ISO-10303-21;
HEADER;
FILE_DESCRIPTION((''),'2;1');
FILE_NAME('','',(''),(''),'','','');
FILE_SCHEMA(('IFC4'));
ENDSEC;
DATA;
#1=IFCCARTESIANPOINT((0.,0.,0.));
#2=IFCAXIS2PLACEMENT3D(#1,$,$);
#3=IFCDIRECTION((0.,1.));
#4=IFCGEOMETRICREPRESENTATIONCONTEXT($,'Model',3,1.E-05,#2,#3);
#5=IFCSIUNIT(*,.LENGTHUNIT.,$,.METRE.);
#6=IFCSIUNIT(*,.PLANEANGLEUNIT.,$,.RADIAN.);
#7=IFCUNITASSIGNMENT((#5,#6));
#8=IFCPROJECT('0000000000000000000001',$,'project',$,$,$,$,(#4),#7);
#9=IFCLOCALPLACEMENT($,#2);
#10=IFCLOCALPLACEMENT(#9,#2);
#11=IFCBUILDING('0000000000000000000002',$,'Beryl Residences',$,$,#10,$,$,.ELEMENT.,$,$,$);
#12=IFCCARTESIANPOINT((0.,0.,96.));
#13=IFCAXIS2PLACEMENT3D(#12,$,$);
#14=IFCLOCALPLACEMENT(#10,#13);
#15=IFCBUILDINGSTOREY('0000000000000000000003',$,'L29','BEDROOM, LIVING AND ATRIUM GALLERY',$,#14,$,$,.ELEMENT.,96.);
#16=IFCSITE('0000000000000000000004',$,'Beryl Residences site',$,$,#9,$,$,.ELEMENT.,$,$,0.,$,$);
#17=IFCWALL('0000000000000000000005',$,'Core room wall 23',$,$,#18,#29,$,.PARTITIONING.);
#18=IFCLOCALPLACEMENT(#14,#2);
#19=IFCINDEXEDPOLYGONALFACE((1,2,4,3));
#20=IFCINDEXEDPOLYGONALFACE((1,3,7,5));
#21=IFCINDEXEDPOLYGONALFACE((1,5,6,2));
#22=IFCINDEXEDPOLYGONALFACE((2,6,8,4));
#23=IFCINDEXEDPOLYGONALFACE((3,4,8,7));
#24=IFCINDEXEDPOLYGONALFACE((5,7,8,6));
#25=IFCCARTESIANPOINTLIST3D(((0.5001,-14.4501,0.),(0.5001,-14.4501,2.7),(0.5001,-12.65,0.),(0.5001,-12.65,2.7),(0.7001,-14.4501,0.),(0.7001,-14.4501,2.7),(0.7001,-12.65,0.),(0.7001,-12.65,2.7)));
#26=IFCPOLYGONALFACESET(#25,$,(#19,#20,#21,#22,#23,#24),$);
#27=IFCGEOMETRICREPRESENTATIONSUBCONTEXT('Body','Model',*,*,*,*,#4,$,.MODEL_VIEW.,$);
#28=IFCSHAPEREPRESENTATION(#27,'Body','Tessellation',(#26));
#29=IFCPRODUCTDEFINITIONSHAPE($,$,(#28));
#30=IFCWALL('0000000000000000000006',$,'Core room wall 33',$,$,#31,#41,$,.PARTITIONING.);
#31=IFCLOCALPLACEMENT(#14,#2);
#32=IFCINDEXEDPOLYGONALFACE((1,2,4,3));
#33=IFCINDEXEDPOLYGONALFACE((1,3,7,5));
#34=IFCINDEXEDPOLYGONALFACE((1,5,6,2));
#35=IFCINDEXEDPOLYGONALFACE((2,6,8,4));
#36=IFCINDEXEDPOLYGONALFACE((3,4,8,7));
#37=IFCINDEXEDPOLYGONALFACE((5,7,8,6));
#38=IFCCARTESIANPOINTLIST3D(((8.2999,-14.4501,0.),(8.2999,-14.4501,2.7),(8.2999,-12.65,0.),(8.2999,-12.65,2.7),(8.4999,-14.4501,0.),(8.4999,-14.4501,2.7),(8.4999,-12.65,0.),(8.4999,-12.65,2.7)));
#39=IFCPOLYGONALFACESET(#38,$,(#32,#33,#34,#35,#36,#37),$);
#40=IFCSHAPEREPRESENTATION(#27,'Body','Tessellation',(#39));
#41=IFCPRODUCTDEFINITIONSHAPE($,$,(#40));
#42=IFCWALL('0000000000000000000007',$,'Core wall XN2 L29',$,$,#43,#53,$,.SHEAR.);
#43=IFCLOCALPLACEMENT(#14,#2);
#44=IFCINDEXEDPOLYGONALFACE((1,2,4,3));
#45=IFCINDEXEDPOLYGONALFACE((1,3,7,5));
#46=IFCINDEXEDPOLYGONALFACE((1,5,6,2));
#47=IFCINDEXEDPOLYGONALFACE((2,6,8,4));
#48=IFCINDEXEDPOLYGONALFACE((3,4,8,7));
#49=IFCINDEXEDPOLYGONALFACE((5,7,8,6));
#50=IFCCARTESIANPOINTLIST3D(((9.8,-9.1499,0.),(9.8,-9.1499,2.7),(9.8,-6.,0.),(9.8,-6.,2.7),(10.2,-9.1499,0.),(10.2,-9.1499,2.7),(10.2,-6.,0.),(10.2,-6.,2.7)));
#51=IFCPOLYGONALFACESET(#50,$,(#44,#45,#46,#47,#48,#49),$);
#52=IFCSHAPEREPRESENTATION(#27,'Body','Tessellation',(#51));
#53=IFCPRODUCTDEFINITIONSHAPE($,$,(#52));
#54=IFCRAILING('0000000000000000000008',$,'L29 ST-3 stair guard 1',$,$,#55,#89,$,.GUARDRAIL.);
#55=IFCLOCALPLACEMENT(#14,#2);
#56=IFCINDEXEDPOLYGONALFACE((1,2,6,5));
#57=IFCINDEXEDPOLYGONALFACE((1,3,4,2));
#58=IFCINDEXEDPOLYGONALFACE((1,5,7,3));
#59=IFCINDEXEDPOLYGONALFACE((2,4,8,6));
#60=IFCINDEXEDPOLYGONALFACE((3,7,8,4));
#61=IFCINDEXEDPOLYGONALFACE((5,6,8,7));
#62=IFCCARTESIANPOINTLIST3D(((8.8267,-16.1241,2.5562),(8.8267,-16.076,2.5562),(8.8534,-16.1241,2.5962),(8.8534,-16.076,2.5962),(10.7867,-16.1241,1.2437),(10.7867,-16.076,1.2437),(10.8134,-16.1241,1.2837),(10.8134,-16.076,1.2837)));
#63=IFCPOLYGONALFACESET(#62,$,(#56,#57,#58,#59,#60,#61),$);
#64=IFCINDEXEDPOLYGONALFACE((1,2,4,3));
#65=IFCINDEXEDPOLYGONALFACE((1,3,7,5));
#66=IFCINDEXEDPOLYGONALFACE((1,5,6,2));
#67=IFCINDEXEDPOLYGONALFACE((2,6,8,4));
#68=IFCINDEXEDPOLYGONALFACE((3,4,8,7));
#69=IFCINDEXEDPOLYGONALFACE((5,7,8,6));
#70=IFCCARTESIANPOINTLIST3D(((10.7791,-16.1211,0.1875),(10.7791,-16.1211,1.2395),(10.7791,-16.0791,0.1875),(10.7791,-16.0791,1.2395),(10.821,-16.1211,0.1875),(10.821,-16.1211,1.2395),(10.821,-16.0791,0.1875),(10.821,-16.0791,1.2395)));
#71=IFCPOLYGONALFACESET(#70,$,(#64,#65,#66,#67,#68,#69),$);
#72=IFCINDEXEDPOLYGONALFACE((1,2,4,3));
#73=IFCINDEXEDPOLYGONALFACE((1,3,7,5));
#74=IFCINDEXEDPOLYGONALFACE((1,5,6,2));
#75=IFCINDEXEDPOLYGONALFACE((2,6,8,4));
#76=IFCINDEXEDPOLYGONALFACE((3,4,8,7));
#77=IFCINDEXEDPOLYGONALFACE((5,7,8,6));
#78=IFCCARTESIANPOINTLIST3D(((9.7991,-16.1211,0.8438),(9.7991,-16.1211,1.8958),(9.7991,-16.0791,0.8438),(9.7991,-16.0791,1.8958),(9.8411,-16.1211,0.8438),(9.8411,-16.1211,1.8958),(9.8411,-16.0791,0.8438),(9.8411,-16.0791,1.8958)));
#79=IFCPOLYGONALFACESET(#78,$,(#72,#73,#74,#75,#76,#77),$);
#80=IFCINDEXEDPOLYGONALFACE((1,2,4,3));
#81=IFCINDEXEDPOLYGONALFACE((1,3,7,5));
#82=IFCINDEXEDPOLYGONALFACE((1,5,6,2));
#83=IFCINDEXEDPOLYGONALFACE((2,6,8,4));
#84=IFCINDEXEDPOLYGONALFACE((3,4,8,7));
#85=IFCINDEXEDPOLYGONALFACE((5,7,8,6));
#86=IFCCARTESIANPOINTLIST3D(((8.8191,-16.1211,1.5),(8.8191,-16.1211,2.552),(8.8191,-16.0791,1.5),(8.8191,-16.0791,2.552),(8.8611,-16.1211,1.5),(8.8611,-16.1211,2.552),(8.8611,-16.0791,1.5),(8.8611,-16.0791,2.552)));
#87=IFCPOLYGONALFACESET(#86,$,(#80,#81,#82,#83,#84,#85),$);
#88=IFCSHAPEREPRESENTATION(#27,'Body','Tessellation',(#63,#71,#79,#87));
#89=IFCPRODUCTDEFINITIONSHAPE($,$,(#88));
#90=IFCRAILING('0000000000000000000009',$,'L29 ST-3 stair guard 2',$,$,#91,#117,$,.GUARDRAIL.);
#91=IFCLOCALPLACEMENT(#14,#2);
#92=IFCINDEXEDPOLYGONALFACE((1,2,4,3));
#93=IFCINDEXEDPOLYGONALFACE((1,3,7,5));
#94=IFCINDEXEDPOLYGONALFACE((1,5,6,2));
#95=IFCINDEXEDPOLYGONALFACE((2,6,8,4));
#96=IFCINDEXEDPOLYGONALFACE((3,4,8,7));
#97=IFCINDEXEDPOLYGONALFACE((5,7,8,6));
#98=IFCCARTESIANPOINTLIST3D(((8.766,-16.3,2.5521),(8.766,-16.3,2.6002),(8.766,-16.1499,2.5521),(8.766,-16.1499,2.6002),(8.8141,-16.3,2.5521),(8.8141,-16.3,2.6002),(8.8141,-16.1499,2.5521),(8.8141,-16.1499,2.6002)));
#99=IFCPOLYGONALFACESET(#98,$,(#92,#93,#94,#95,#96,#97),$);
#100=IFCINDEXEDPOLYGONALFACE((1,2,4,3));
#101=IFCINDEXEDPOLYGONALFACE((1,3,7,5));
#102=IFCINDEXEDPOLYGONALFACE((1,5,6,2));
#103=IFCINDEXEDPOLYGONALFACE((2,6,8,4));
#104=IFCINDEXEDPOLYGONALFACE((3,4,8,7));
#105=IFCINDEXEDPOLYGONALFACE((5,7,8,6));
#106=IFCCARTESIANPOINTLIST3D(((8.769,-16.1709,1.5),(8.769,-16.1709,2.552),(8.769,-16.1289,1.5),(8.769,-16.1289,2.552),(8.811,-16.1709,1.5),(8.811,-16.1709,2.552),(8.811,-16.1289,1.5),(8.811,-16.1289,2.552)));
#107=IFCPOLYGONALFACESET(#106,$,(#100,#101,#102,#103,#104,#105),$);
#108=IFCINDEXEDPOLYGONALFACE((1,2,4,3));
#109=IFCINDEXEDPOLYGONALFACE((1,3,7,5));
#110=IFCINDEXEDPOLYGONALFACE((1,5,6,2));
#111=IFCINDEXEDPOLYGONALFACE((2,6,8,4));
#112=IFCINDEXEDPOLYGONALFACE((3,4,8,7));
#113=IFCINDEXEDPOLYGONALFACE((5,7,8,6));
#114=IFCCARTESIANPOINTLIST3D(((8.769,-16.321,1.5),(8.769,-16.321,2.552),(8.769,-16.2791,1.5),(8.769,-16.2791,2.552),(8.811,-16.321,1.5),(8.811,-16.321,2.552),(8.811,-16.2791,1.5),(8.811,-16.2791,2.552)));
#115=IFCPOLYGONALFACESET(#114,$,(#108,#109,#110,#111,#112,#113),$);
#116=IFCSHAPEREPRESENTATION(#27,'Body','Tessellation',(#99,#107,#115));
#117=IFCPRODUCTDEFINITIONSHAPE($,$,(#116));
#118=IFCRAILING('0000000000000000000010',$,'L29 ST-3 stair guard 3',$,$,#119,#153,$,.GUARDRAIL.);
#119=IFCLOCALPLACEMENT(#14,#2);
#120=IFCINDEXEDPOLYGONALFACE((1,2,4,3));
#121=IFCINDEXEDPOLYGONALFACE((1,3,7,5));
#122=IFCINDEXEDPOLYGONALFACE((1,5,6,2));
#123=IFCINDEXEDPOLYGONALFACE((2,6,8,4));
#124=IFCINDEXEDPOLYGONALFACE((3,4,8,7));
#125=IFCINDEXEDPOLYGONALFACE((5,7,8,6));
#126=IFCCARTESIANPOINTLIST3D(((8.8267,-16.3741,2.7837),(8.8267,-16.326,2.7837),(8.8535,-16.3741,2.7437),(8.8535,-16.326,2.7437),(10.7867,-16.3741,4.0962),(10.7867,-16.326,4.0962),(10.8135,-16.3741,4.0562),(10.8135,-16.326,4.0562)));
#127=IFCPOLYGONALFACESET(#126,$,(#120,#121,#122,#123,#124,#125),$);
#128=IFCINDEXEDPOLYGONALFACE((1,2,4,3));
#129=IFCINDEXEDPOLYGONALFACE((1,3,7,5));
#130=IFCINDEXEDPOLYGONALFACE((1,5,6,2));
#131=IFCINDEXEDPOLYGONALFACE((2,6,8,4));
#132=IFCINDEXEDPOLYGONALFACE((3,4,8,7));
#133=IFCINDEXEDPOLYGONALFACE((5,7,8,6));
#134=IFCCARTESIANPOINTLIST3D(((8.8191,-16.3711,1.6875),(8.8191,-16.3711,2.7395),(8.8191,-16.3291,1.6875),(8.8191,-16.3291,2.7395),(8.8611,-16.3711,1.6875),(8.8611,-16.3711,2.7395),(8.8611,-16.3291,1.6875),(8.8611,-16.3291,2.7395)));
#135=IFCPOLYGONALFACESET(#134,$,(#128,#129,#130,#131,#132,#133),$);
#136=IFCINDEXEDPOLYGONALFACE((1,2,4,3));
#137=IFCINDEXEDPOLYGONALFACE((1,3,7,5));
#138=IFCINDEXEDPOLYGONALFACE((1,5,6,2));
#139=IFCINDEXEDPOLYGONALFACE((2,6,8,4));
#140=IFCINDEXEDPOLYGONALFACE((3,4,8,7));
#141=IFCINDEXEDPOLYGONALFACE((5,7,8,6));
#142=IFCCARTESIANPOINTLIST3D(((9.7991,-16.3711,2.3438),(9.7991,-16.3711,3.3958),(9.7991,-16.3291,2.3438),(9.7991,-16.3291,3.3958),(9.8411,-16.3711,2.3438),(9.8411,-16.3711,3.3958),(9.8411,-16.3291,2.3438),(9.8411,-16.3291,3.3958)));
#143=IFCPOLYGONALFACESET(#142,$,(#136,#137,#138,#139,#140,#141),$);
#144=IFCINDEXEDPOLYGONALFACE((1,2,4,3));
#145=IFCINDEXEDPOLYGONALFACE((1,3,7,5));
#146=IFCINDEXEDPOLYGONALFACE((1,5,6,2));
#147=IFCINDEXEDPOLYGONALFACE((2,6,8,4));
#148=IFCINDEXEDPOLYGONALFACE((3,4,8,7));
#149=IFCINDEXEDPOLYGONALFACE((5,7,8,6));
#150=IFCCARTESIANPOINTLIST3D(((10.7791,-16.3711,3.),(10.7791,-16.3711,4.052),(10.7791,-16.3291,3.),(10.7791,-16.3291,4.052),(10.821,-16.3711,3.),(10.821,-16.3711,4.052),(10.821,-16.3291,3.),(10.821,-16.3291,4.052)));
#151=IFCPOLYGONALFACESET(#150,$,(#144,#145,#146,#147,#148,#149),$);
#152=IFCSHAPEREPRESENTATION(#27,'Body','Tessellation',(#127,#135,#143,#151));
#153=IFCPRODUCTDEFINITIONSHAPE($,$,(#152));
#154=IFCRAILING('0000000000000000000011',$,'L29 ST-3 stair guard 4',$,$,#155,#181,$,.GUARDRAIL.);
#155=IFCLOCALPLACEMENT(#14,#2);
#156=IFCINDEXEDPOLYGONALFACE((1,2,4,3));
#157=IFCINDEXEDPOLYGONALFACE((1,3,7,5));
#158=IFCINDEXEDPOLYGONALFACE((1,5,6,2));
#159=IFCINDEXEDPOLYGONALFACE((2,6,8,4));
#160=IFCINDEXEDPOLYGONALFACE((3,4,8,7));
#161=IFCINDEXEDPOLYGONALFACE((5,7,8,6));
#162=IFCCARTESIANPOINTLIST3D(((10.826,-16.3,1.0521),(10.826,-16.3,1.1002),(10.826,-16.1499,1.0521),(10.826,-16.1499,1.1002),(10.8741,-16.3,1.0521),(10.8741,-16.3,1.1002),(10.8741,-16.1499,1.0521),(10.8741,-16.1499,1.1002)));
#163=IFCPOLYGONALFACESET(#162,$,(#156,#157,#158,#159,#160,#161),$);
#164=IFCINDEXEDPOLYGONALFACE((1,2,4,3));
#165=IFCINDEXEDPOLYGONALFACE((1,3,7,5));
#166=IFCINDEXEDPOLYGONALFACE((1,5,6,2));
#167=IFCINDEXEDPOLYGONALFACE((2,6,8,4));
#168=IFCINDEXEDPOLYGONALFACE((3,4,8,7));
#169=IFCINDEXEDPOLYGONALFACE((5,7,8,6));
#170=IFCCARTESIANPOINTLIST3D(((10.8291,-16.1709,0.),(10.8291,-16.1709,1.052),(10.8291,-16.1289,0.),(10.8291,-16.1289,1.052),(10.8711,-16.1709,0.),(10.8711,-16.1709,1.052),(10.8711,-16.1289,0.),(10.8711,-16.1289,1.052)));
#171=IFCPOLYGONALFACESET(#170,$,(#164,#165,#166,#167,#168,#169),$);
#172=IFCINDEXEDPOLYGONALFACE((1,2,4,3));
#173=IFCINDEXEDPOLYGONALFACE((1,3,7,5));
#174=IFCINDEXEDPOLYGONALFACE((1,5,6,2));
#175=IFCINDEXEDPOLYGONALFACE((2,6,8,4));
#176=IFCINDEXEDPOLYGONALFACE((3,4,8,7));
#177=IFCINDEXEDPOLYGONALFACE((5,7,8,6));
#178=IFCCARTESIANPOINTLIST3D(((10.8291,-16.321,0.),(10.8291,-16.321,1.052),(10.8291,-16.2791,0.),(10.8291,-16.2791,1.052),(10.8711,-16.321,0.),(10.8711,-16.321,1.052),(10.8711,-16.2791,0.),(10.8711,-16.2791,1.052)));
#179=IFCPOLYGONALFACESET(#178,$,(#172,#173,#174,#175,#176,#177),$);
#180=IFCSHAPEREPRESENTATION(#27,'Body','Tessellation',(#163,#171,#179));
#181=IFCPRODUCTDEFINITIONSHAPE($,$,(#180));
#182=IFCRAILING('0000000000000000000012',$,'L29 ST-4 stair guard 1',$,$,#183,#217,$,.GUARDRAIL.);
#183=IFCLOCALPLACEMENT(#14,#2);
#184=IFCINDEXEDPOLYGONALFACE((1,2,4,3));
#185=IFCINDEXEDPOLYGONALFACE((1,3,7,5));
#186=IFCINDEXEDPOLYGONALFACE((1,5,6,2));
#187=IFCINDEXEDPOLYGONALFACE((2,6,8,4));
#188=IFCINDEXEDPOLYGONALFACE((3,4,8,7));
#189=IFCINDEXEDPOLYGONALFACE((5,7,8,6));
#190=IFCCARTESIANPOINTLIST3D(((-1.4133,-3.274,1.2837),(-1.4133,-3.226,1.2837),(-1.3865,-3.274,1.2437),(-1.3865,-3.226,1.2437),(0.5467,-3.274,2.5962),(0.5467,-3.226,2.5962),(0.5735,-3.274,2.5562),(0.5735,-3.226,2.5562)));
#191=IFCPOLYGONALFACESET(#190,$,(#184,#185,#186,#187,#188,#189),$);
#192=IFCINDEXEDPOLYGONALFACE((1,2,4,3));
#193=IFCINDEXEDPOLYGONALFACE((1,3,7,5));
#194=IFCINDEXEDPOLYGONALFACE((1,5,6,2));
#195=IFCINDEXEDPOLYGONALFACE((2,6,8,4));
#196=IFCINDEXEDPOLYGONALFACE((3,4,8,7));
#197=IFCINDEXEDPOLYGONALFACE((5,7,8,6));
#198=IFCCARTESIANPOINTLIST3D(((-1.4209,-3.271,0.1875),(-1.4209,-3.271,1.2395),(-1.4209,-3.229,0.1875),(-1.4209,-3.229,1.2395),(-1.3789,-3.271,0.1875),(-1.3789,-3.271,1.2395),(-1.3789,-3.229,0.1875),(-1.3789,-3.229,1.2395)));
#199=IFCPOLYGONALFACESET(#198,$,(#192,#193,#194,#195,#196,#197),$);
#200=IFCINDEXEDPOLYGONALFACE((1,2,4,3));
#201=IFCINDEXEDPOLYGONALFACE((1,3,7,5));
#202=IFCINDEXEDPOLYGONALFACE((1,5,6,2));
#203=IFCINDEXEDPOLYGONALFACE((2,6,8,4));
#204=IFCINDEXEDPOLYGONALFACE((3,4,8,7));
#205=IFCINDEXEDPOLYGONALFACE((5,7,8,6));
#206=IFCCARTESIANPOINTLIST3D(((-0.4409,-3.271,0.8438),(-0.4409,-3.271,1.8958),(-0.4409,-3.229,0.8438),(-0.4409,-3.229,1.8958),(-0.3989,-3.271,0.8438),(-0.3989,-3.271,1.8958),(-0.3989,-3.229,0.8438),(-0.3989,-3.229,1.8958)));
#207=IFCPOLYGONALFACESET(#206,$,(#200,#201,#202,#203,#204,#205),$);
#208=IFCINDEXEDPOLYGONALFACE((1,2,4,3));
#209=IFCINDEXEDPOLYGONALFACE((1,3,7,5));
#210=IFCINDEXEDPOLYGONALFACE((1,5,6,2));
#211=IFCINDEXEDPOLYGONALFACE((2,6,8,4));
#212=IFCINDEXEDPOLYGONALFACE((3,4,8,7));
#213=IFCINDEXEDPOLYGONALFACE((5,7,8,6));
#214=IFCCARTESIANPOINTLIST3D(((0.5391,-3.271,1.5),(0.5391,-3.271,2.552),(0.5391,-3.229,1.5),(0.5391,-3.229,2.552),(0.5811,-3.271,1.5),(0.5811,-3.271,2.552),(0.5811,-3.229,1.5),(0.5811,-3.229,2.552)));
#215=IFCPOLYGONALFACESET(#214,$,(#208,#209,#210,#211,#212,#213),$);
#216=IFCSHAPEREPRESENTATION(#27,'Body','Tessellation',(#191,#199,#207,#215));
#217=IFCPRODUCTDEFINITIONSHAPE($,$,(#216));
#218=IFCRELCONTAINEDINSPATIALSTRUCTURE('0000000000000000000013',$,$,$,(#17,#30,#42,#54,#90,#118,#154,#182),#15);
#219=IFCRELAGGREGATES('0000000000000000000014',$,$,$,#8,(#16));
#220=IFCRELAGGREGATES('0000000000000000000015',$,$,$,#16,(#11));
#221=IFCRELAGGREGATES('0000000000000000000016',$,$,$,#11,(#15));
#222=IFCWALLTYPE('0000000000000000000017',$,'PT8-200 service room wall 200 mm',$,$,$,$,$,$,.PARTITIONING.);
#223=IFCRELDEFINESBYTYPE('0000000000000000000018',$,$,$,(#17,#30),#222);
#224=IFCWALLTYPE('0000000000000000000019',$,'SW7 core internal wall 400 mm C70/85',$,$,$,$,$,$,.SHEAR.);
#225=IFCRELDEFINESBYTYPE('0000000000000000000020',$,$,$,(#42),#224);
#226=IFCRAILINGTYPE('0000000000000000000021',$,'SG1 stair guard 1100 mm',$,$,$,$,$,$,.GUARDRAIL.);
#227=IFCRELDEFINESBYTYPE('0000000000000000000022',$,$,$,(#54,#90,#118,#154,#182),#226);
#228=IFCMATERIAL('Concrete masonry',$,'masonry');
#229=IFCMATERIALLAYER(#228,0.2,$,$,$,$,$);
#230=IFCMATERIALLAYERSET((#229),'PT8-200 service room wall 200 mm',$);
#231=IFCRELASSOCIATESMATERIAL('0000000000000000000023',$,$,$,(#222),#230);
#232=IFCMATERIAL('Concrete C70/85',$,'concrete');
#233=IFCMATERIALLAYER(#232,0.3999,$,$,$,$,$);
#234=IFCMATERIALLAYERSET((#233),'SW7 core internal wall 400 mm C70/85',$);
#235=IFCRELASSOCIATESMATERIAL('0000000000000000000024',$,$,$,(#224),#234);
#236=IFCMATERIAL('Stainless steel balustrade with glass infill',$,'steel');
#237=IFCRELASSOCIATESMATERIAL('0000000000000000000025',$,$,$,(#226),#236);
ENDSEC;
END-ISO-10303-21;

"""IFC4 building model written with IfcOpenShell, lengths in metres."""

from ifc_helpers import new_model, si_unit, direction, frame, frame_2d, origin, origin_2d, place, context, subcontext, project, spatial, rectangle, extrude, material, layer, layer_set, type_object, element, save


model = new_model("IFC4")

# Units and contexts
model_context = context("Model", 3, precision=1e-05, world=origin(), true_north=direction((0.0, 1.0)))
body_context = subcontext(model_context, "Body", "Model", "MODEL_VIEW")
ifc_project = project(units=[si_unit("LENGTHUNIT", "METRE"), si_unit("PLANEANGLEUNIT", "RADIAN")], contexts=[model_context])

# Site, building, storey
site_placement = place(None, origin())
site = spatial("IfcSite", under=ifc_project, at=site_placement, Name="Beryl Residences site", CompositionType="ELEMENT", RefElevation=0.0)
building_placement = place(site_placement, origin())
building = spatial("IfcBuilding", under=site, at=building_placement, Name="Beryl Residences", CompositionType="ELEMENT")
storey_placement = place(building_placement, frame((0.0, 0.0, 96.0)))
storey = spatial("IfcBuildingStorey", under=building, at=storey_placement, Name="L29", Description="BEDROOM, LIVING AND ATRIUM GALLERY", CompositionType="ELEMENT", Elevation=96.0)

# Walls
ifc_material_1 = material(Name="Concrete masonry", Category="masonry")
ifc_layer_1 = layer(ifc_material_1, 0.2)
ifc_layer_set_1 = layer_set([ifc_layer_1], Name="PT8-200 service room wall 200 mm")
wall_type_1 = type_object("IfcWallType", Name="PT8-200 service room wall 200 mm", PredefinedType="PARTITIONING", material=ifc_layer_set_1)
for number, where, z_axis, x_axis, name in (
    (1, (0.6001, -14.45, 0.0), (0.0, 0.0, 1.0), (0.0, 1.0, 0.0), "Core room wall 23"),
    (2, (8.3999, -14.45, 0.0), (0.0, 0.0, 1.0), (0.0, 1.0, 0.0), "Core room wall 33"),
):
    element("IfcWall", number, at=place(storey_placement, frame(where, z_axis=z_axis, x_axis=x_axis)), inside=storey, type_object=wall_type_1, Name=name, PredefinedType="PARTITIONING", context=body_context, shape_type="SweptSolid", body=[
        extrude(rectangle(XDim=1.8, YDim=0.2, at=frame_2d((0.8999, 0.0))), origin(), (0.0, 0.0, 1.0), 2.7),
    ])
ifc_material_2 = material(Name="Concrete C70/85", Category="concrete")
ifc_layer_2 = layer(ifc_material_2, 0.3999)
ifc_layer_set_2 = layer_set([ifc_layer_2], Name="SW7 core internal wall 400 mm C70/85")
wall_type_2 = type_object("IfcWallType", Name="SW7 core internal wall 400 mm C70/85", PredefinedType="SHEAR", material=ifc_layer_set_2)
wall_1_placement = place(storey_placement, frame((10.0, -9.1499, 0.0), z_axis=(0.0, 0.0, 1.0), x_axis=(0.0, 1.0, 0.0)))
element("IfcWall", 3, at=wall_1_placement, inside=storey, type_object=wall_type_2, Name="Core wall XN2 L29", PredefinedType="SHEAR", context=body_context, shape_type="SweptSolid", body=[
    extrude(rectangle(XDim=3.1499, YDim=0.3999, at=frame_2d((1.575, 0.0))), origin(), (0.0, 0.0, 1.0), 2.7),
])

# Railings
ifc_material_3 = material(Name="Stainless steel balustrade with glass infill", Category="steel")
railing_type_1 = type_object("IfcRailingType", Name="SG1 stair guard 1100 mm", PredefinedType="GUARDRAIL", material=ifc_material_3)
railing_1_placement = place(storey_placement, frame((10.8, -16.1001, 0.1875)))
element("IfcRailing", 4, at=railing_1_placement, inside=storey, type_object=railing_type_1, Name="L29 ST-3 stair guard 1", PredefinedType="GUARDRAIL", context=body_context, shape_type="SweptSolid", body=[
    extrude(rectangle(XDim=0.0481, YDim=0.0481, at=origin_2d()), frame((0.0, 0.0, 1.0762), z_axis=(-0.830902, 0.0, 0.556419), x_axis=(0.0, -1.0, 0.0)), (0.0, 0.0, 1.0), 2.3589),
    extrude(rectangle(XDim=0.042, YDim=0.042, at=origin_2d()), origin(), (0.0, 0.0, 1.0), 1.052),
    extrude(rectangle(XDim=0.042, YDim=0.042, at=origin_2d()), frame((-0.98, 0.0, 0.6562)), (0.0, 0.0, 1.0), 1.052),
    extrude(rectangle(XDim=0.042, YDim=0.042, at=origin_2d()), frame((-1.96, 0.0, 1.3125)), (0.0, 0.0, 1.0), 1.052),
])
railing_2_placement = place(storey_placement, frame((8.79, -16.1499, 1.5)))
element("IfcRailing", 5, at=railing_2_placement, inside=storey, type_object=railing_type_1, Name="L29 ST-3 stair guard 2", PredefinedType="GUARDRAIL", context=body_context, shape_type="SweptSolid", body=[
    extrude(rectangle(XDim=0.0481, YDim=0.0481, at=origin_2d()), frame((0.0, 0.0, 1.0762), z_axis=(0.0, -1.0, 0.0), x_axis=(1.0, 0.0, 0.0)), (0.0, 0.0, 1.0), 0.1501),
    extrude(rectangle(XDim=0.042, YDim=0.042, at=origin_2d()), origin(), (0.0, 0.0, 1.0), 1.052),
    extrude(rectangle(XDim=0.042, YDim=0.042, at=origin_2d()), frame((0.0, -0.1501, 0.0)), (0.0, 0.0, 1.0), 1.052),
])
railing_3_placement = place(storey_placement, frame((8.8401, -16.3501, 1.6875)))
element("IfcRailing", 6, at=railing_3_placement, inside=storey, type_object=railing_type_1, Name="L29 ST-3 stair guard 3", PredefinedType="GUARDRAIL", context=body_context, shape_type="SweptSolid", body=[
    extrude(rectangle(XDim=0.0481, YDim=0.0481, at=origin_2d()), frame((0.0, 0.0, 1.0762), z_axis=(0.830902, 0.0, 0.556419), x_axis=(0.0, 1.0, 0.0)), (0.0, 0.0, 1.0), 2.3589),
    extrude(rectangle(XDim=0.042, YDim=0.042, at=origin_2d()), origin(), (0.0, 0.0, 1.0), 1.052),
    extrude(rectangle(XDim=0.042, YDim=0.042, at=origin_2d()), frame((0.98, 0.0, 0.6562)), (0.0, 0.0, 1.0), 1.052),
    extrude(rectangle(XDim=0.042, YDim=0.042, at=origin_2d()), frame((1.96, 0.0, 1.3125)), (0.0, 0.0, 1.0), 1.052),
])
railing_4_placement = place(storey_placement, frame((10.8501, -16.1499, 0.0)))
element("IfcRailing", 7, at=railing_4_placement, inside=storey, type_object=railing_type_1, Name="L29 ST-3 stair guard 4", PredefinedType="GUARDRAIL", context=body_context, shape_type="SweptSolid", body=[
    extrude(rectangle(XDim=0.0481, YDim=0.0481, at=origin_2d()), frame((0.0, 0.0, 1.0762), z_axis=(0.0, -1.0, 0.0), x_axis=(1.0, 0.0, 0.0)), (0.0, 0.0, 1.0), 0.1501),
    extrude(rectangle(XDim=0.042, YDim=0.042, at=origin_2d()), origin(), (0.0, 0.0, 1.0), 1.052),
    extrude(rectangle(XDim=0.042, YDim=0.042, at=origin_2d()), frame((0.0, -0.1501, 0.0)), (0.0, 0.0, 1.0), 1.052),
])
railing_5_placement = place(storey_placement, frame((-1.3999, -3.25, 0.1875)))
element("IfcRailing", 8, at=railing_5_placement, inside=storey, type_object=railing_type_1, Name="L29 ST-4 stair guard 1", PredefinedType="GUARDRAIL", context=body_context, shape_type="SweptSolid", body=[
    extrude(rectangle(XDim=0.0481, YDim=0.0481, at=origin_2d()), frame((0.0, 0.0, 1.0762), z_axis=(0.830902, 0.0, 0.556419), x_axis=(0.0, 1.0, 0.0)), (0.0, 0.0, 1.0), 2.3589),
    extrude(rectangle(XDim=0.042, YDim=0.042, at=origin_2d()), origin(), (0.0, 0.0, 1.0), 1.052),
    extrude(rectangle(XDim=0.042, YDim=0.042, at=origin_2d()), frame((0.98, 0.0, 0.6562)), (0.0, 0.0, 1.0), 1.052),
    extrude(rectangle(XDim=0.042, YDim=0.042, at=origin_2d()), frame((1.96, 0.0, 1.3125)), (0.0, 0.0, 1.0), 1.052),
])

save(model, "model.ifc")
